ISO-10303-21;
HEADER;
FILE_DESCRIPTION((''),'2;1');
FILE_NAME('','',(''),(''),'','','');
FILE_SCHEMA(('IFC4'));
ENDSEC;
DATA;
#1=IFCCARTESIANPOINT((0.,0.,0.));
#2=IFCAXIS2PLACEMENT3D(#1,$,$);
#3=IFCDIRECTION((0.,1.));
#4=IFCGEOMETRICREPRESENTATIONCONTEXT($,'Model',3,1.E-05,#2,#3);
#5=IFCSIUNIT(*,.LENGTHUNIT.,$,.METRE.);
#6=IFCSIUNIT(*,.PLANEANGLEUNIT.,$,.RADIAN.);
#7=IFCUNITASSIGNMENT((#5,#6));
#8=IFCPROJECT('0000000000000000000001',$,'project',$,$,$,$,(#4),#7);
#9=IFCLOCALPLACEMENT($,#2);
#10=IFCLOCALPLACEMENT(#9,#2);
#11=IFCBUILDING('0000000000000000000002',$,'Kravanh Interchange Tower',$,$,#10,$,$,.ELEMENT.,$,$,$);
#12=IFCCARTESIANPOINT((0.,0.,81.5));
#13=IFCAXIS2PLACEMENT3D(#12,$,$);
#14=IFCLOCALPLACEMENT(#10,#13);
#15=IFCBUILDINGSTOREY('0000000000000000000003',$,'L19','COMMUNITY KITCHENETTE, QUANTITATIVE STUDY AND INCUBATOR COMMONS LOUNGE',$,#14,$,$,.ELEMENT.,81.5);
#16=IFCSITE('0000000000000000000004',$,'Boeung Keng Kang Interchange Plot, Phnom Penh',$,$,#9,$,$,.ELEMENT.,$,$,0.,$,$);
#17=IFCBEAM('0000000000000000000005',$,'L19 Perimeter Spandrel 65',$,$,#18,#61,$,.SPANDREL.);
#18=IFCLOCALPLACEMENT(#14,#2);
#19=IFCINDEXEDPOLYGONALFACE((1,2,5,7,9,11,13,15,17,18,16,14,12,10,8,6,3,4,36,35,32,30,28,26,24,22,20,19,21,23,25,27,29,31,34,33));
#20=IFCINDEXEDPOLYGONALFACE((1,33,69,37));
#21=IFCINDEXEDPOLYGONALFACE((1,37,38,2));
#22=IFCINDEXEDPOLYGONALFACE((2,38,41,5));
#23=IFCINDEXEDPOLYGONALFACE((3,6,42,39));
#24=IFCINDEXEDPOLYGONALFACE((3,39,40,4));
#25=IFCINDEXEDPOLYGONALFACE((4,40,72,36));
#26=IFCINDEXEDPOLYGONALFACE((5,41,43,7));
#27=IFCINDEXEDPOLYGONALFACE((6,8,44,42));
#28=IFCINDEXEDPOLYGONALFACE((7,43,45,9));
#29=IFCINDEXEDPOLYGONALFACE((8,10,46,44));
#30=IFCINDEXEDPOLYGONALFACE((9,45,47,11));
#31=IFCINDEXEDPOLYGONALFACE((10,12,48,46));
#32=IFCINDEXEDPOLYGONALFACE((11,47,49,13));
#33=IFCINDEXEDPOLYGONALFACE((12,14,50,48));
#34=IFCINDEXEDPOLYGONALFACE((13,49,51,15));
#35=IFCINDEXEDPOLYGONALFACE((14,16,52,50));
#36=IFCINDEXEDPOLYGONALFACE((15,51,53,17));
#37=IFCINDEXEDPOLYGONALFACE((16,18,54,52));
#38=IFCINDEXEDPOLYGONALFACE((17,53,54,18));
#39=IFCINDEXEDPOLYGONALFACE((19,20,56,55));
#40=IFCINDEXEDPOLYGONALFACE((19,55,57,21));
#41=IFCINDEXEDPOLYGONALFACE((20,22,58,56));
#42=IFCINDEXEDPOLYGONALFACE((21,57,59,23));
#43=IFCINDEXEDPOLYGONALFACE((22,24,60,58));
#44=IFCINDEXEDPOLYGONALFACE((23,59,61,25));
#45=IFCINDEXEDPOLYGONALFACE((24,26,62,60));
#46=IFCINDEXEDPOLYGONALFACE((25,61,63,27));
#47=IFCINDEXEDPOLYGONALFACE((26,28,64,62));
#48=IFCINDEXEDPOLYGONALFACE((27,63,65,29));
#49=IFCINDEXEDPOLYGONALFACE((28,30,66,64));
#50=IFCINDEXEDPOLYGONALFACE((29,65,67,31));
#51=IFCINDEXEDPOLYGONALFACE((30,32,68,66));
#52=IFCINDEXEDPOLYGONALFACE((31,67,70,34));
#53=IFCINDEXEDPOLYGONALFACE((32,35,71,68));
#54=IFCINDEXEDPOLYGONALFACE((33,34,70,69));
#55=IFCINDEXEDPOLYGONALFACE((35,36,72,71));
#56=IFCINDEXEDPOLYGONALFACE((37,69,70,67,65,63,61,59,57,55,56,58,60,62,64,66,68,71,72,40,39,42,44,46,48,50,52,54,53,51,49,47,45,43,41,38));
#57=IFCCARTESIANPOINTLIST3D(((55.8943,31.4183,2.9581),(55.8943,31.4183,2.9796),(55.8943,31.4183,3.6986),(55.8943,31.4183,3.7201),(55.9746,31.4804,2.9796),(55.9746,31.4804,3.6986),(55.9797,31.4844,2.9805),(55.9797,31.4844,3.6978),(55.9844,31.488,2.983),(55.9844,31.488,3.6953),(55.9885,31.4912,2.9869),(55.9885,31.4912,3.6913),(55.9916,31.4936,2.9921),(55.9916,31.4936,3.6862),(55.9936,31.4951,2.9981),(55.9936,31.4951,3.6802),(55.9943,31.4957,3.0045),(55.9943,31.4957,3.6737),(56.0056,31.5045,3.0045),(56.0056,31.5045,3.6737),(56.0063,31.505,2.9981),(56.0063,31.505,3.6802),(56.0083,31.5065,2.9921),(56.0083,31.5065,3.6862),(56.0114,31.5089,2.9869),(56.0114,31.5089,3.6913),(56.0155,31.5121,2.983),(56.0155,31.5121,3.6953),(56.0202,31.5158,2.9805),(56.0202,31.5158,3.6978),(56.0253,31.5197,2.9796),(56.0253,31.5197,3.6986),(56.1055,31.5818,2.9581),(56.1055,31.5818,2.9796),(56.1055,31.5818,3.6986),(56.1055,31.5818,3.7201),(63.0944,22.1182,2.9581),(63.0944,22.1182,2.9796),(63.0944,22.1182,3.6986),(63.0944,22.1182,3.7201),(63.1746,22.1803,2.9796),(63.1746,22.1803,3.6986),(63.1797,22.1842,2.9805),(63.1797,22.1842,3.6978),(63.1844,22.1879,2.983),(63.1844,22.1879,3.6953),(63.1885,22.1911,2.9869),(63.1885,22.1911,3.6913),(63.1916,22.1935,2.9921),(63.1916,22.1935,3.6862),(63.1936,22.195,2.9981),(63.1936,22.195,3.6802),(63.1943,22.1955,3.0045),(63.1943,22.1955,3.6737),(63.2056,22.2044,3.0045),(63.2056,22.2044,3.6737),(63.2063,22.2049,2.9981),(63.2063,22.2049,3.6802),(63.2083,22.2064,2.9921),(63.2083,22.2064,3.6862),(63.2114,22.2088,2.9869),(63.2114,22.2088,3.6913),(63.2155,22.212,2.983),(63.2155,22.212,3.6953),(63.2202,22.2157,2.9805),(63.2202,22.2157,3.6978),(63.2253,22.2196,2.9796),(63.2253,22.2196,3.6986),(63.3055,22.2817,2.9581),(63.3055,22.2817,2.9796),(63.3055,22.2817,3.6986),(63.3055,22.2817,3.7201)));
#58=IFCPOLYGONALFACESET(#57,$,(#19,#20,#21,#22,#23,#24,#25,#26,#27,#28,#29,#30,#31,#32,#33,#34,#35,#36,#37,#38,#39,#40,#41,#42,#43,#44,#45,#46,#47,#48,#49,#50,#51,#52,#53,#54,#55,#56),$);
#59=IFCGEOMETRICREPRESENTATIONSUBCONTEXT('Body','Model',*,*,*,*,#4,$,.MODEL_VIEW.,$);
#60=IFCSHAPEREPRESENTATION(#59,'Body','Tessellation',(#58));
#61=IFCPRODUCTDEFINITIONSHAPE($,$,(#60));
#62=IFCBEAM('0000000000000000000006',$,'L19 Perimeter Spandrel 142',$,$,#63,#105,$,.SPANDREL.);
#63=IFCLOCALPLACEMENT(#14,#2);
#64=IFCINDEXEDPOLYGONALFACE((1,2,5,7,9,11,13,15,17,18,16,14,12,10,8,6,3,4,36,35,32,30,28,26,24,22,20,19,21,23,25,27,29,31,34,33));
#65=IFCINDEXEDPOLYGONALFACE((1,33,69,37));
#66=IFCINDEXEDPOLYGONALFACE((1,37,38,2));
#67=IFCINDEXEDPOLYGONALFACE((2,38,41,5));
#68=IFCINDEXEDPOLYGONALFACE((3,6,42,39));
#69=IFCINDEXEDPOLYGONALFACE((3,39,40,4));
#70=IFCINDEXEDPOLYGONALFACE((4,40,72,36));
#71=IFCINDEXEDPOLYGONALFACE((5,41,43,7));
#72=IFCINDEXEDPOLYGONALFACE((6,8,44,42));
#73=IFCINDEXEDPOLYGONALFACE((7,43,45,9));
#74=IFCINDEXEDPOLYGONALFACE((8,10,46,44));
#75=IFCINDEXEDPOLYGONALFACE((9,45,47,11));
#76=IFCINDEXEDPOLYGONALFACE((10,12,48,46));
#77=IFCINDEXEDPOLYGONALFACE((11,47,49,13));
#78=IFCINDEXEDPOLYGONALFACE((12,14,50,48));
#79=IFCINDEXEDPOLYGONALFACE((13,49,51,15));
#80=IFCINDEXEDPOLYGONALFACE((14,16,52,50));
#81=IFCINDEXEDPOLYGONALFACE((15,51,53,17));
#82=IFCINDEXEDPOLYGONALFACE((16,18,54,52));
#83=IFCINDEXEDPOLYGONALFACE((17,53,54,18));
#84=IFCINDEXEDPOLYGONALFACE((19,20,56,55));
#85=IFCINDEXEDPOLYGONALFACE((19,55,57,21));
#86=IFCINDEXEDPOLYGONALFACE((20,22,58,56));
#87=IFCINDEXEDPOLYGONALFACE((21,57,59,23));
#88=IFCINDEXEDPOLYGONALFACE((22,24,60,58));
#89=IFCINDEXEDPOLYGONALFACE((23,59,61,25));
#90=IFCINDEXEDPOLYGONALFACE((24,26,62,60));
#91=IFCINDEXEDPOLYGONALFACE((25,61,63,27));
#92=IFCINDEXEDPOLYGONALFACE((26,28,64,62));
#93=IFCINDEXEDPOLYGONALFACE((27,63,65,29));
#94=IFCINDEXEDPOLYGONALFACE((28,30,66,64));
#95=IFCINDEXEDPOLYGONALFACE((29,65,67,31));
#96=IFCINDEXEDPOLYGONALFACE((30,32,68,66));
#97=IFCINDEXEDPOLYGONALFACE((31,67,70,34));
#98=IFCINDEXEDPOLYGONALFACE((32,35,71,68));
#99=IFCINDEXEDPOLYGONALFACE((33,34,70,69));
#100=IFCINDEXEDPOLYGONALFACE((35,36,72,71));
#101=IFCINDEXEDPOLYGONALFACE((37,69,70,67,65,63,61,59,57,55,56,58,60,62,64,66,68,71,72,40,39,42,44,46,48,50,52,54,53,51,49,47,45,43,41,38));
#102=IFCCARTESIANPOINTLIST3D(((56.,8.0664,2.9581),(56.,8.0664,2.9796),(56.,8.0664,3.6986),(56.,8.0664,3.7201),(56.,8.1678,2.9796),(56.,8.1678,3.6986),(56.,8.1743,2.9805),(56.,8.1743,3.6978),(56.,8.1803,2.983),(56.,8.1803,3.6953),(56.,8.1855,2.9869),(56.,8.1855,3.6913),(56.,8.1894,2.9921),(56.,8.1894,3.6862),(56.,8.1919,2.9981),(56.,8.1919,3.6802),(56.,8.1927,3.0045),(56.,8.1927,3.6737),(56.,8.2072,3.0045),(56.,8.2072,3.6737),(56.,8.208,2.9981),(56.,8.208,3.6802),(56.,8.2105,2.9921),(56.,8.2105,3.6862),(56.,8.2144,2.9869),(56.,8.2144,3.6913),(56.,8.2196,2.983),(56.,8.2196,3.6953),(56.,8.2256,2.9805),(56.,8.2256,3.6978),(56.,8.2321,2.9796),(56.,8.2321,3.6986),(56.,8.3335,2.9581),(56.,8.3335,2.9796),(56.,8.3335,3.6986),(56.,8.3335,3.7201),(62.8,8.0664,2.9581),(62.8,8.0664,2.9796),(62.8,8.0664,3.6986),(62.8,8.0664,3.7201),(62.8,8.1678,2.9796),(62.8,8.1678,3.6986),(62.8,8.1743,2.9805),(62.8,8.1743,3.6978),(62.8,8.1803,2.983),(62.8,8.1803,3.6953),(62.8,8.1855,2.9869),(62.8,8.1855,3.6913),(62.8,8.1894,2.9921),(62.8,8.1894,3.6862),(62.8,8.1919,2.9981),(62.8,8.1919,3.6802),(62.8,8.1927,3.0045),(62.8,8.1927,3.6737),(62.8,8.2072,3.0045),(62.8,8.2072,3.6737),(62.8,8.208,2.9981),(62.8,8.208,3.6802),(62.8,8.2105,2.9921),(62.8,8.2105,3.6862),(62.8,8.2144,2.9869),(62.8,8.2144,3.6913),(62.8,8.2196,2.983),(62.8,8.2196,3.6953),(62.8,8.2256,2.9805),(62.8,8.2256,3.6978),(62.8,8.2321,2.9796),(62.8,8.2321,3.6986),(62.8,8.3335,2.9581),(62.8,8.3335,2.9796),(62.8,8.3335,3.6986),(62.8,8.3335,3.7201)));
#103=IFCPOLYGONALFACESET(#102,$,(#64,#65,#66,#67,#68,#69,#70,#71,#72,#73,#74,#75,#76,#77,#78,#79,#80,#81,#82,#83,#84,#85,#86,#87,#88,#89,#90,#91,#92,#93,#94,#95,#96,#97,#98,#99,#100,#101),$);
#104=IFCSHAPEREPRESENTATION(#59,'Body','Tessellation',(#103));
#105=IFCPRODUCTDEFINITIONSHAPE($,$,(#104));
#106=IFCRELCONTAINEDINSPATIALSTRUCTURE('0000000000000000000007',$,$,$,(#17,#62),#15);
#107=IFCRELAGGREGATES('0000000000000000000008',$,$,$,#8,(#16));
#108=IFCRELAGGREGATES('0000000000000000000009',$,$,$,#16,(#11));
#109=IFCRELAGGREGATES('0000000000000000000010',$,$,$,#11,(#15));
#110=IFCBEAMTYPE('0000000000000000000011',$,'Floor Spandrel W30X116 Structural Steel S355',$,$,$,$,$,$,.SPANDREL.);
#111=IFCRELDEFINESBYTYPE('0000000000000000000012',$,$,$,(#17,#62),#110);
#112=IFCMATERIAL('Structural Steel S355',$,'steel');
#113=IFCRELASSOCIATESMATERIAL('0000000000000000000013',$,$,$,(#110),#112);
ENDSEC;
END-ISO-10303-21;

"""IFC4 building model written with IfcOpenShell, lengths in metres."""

from ifc_helpers import new_model, si_unit, direction, frame, origin, origin_2d, place, context, subcontext, project, spatial, i_section, extrude, material, material_profile, profile_set, type_object, element, save


model = new_model("IFC4")

# Units and contexts
model_context = context("Model", 3, precision=1e-05, world=origin(), true_north=direction((0.0, 1.0)))
body_context = subcontext(model_context, "Body", "Model", "MODEL_VIEW")
ifc_project = project(units=[si_unit("LENGTHUNIT", "METRE"), si_unit("PLANEANGLEUNIT", "RADIAN")], contexts=[model_context])

# Site, building, storey
site_placement = place(None, origin())
site = spatial("IfcSite", under=ifc_project, at=site_placement, Name="Boeung Keng Kang Interchange Plot, Phnom Penh", CompositionType="ELEMENT", RefElevation=0.0)
building_placement = place(site_placement, origin())
building = spatial("IfcBuilding", under=site, at=building_placement, Name="Kravanh Interchange Tower", CompositionType="ELEMENT")
storey_placement = place(building_placement, frame((0.0, 0.0, 81.5)))
storey = spatial("IfcBuildingStorey", under=building, at=storey_placement, Name="L19", Description="COMMUNITY KITCHENETTE, QUANTITATIVE STUDY AND INCUBATOR COMMONS LOUNGE", CompositionType="ELEMENT", Elevation=81.5)

# Beams
ifc_material_1 = material(Name="Structural Steel S355", Category="steel")
ifc_material_profile_1 = material_profile(ifc_material_1, i_section(OverallWidth=0.2671, OverallDepth=0.762, WebThickness=0.0144, FlangeThickness=0.0215, FilletRadius=0.0249, at=origin_2d()), Name="W30X116")
ifc_profile_set_1 = profile_set([ifc_material_profile_1], Name="Structural Steel S355")
beam_type_1 = type_object("IfcBeamType", Name="Floor Spandrel W30X116 Structural Steel S355", PredefinedType="SPANDREL", material=ifc_profile_set_1)
beam_1_placement = place(storey_placement, frame((63.2, 22.2, 3.3391), z_axis=(-0.612169, 0.790727, 0.0), x_axis=(-0.790727, -0.612169, 0.0)))
element("IfcBeam", 1, at=beam_1_placement, inside=storey, type_object=beam_type_1, Name="L19 Perimeter Spandrel 65", PredefinedType="SPANDREL", context=body_context, shape_type="SweptSolid", body=[
    extrude(i_section(OverallWidth=0.2671, OverallDepth=0.762, WebThickness=0.0144, FlangeThickness=0.0215, FilletRadius=0.0249, at=origin_2d()), origin(), (0.0, 0.0, 1.0), 11.7615),
])
beam_2_placement = place(storey_placement, frame((56.0, 8.2, 3.3391), z_axis=(1.0, 0.0, 0.0), x_axis=(0.0, 1.0, 0.0)))
element("IfcBeam", 2, at=beam_2_placement, inside=storey, type_object=beam_type_1, Name="L19 Perimeter Spandrel 142", PredefinedType="SPANDREL", context=body_context, shape_type="SweptSolid", body=[
    extrude(i_section(OverallWidth=0.2671, OverallDepth=0.762, WebThickness=0.0144, FlangeThickness=0.0215, FilletRadius=0.0249, at=origin_2d()), origin(), (0.0, 0.0, 1.0), 6.8),
])

save(model, "model.ifc")
